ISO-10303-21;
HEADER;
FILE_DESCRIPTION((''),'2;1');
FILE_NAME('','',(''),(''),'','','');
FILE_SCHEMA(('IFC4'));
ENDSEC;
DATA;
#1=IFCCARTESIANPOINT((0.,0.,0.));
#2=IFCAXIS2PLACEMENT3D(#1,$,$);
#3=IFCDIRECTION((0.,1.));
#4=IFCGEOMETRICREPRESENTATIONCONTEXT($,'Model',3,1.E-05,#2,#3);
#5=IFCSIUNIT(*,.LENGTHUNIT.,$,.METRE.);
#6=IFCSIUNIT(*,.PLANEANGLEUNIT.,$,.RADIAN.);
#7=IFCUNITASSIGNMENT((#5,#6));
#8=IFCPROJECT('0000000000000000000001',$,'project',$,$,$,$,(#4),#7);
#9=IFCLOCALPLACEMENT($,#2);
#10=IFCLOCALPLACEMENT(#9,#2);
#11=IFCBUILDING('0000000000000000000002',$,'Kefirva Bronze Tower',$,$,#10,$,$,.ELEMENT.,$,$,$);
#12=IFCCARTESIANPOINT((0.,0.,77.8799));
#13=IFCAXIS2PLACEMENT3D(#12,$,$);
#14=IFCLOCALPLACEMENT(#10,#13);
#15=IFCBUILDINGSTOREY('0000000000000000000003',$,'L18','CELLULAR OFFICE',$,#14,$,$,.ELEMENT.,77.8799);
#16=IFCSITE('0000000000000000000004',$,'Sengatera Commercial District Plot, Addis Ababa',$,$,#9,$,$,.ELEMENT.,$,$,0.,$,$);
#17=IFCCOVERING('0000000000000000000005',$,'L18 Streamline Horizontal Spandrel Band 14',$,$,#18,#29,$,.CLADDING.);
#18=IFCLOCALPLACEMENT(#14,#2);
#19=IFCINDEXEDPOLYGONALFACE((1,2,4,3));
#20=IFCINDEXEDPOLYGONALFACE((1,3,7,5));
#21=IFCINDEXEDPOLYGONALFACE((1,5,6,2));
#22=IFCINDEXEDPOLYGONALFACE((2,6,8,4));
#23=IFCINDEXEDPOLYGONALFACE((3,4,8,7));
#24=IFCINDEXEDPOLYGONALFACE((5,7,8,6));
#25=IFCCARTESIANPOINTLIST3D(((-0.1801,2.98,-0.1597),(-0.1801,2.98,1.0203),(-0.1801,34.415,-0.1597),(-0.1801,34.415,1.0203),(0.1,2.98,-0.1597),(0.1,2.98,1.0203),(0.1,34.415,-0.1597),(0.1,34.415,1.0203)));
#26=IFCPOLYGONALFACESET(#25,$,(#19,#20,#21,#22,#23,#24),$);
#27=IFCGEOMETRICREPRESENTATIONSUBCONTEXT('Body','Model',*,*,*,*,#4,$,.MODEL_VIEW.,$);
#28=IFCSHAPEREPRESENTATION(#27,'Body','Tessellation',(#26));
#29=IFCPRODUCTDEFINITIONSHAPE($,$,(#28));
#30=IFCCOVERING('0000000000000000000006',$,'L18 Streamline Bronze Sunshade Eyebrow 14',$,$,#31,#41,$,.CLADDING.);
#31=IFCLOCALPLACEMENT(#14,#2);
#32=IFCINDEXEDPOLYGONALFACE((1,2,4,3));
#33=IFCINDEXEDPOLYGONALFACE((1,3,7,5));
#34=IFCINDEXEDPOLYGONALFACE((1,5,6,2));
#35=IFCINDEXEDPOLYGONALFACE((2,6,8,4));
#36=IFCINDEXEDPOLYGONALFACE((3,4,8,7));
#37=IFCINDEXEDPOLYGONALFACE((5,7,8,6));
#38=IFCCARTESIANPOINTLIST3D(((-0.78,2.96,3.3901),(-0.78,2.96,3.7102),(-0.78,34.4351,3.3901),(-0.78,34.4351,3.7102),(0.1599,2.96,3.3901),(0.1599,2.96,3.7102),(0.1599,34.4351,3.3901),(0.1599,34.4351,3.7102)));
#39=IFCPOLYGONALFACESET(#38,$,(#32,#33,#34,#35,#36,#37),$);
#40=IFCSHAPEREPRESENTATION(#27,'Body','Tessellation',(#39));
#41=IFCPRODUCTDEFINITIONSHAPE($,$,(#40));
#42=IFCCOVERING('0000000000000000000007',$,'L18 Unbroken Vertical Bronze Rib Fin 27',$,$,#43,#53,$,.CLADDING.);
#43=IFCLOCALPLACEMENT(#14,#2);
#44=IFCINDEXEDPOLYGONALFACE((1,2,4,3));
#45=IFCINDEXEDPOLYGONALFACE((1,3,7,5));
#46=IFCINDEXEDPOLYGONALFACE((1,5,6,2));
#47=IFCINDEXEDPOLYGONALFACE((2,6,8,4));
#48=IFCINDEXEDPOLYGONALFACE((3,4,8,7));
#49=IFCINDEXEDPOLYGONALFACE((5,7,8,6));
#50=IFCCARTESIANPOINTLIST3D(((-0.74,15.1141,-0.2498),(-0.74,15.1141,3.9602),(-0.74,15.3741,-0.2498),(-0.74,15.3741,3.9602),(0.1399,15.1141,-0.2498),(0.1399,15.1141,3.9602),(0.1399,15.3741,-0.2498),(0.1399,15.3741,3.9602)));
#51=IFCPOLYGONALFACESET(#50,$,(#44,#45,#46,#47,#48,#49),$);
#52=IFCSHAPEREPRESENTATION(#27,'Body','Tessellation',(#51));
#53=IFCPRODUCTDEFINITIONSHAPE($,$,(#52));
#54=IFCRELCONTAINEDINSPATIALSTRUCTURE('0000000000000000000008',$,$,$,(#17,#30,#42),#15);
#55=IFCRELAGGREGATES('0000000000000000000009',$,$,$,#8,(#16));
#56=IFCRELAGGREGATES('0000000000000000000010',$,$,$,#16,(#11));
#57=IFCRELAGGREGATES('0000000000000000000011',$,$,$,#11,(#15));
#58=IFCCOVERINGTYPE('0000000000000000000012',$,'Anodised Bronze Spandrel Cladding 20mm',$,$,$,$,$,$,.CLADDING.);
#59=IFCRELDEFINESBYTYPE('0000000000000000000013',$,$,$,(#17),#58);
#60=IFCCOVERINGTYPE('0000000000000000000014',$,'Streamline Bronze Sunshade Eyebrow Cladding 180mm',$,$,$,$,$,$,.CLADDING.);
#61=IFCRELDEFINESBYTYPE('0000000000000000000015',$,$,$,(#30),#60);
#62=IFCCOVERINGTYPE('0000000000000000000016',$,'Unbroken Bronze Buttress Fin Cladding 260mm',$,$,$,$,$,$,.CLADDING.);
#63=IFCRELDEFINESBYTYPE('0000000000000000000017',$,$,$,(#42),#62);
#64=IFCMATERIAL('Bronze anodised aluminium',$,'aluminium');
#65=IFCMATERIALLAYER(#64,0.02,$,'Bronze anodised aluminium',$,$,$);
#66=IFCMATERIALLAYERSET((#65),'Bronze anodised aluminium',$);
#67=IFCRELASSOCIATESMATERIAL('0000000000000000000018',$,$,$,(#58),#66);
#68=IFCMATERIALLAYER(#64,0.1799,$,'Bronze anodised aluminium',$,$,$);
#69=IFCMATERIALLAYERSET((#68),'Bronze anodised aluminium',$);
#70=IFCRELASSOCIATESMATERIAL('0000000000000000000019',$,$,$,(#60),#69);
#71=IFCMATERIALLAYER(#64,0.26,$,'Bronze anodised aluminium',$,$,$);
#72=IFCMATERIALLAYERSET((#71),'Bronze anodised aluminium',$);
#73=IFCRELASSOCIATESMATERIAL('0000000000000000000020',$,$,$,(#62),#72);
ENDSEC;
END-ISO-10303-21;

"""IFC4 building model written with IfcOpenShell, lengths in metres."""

from ifc_helpers import new_model, si_unit, direction, frame, origin, origin_2d, place, context, subcontext, project, spatial, rectangle, extrude, material, layer, layer_set, type_object, element, save


model = new_model("IFC4")

# Units and contexts
model_context = context("Model", 3, precision=1e-05, world=origin(), true_north=direction((0.0, 1.0)))
body_context = subcontext(model_context, "Body", "Model", "MODEL_VIEW")
ifc_project = project(units=[si_unit("LENGTHUNIT", "METRE"), si_unit("PLANEANGLEUNIT", "RADIAN")], contexts=[model_context])

# Site, building, storey
site_placement = place(None, origin())
site = spatial("IfcSite", under=ifc_project, at=site_placement, Name="Sengatera Commercial District Plot, Addis Ababa", CompositionType="ELEMENT", RefElevation=0.0)
building_placement = place(site_placement, origin())
building = spatial("IfcBuilding", under=site, at=building_placement, Name="Kefirva Bronze Tower", CompositionType="ELEMENT")
storey_placement = place(building_placement, frame((0.0, 0.0, 77.8799)))
storey = spatial("IfcBuildingStorey", under=building, at=storey_placement, Name="L18", Description="CELLULAR OFFICE", CompositionType="ELEMENT", Elevation=77.8799)

# Shared definitions
ifc_material_1 = material(Name="Bronze anodised aluminium", Category="aluminium")

# Coverings
ifc_layer_1 = layer(ifc_material_1, 0.02, Name="Bronze anodised aluminium")
ifc_layer_set_1 = layer_set([ifc_layer_1], Name="Bronze anodised aluminium")
covering_type_1 = type_object("IfcCoveringType", Name="Anodised Bronze Spandrel Cladding 20mm", PredefinedType="CLADDING", material=ifc_layer_set_1)
covering_1_placement = place(storey_placement, frame((-0.04, 18.6975, -0.1597), z_axis=(0.0, 0.0, 1.0), x_axis=(0.0, -1.0, 0.0)))
element("IfcCovering", 1, at=covering_1_placement, inside=storey, type_object=covering_type_1, Name="L18 Streamline Horizontal Spandrel Band 14", PredefinedType="CLADDING", context=body_context, shape_type="SweptSolid", body=[
    extrude(rectangle(XDim=31.4351, YDim=0.28, at=origin_2d()), origin(), (0.0, 0.0, 1.0), 1.1799),
])
ifc_layer_2 = layer(ifc_material_1, 0.1799, Name="Bronze anodised aluminium")
ifc_layer_set_2 = layer_set([ifc_layer_2], Name="Bronze anodised aluminium")
covering_type_2 = type_object("IfcCoveringType", Name="Streamline Bronze Sunshade Eyebrow Cladding 180mm", PredefinedType="CLADDING", material=ifc_layer_set_2)
covering_2_placement = place(storey_placement, frame((-0.3101, 18.6975, 3.3901), z_axis=(0.0, 0.0, 1.0), x_axis=(0.0, -1.0, 0.0)))
element("IfcCovering", 2, at=covering_2_placement, inside=storey, type_object=covering_type_2, Name="L18 Streamline Bronze Sunshade Eyebrow 14", PredefinedType="CLADDING", context=body_context, shape_type="SweptSolid", body=[
    extrude(rectangle(XDim=31.4751, YDim=0.9399, at=origin_2d()), origin(), (0.0, 0.0, 1.0), 0.3201),
])
ifc_layer_3 = layer(ifc_material_1, 0.26, Name="Bronze anodised aluminium")
ifc_layer_set_3 = layer_set([ifc_layer_3], Name="Bronze anodised aluminium")
covering_type_3 = type_object("IfcCoveringType", Name="Unbroken Bronze Buttress Fin Cladding 260mm", PredefinedType="CLADDING", material=ifc_layer_set_3)
covering_3_placement = place(storey_placement, frame((-0.3, 15.2441, -0.2498), z_axis=(0.0, 0.0, 1.0), x_axis=(0.0, -1.0, 0.0)))
element("IfcCovering", 3, at=covering_3_placement, inside=storey, type_object=covering_type_3, Name="L18 Unbroken Vertical Bronze Rib Fin 27", PredefinedType="CLADDING", context=body_context, shape_type="SweptSolid", body=[
    extrude(rectangle(XDim=0.26, YDim=0.8799, at=origin_2d()), origin(), (0.0, 0.0, 1.0), 4.21),
])

save(model, "model.ifc")
